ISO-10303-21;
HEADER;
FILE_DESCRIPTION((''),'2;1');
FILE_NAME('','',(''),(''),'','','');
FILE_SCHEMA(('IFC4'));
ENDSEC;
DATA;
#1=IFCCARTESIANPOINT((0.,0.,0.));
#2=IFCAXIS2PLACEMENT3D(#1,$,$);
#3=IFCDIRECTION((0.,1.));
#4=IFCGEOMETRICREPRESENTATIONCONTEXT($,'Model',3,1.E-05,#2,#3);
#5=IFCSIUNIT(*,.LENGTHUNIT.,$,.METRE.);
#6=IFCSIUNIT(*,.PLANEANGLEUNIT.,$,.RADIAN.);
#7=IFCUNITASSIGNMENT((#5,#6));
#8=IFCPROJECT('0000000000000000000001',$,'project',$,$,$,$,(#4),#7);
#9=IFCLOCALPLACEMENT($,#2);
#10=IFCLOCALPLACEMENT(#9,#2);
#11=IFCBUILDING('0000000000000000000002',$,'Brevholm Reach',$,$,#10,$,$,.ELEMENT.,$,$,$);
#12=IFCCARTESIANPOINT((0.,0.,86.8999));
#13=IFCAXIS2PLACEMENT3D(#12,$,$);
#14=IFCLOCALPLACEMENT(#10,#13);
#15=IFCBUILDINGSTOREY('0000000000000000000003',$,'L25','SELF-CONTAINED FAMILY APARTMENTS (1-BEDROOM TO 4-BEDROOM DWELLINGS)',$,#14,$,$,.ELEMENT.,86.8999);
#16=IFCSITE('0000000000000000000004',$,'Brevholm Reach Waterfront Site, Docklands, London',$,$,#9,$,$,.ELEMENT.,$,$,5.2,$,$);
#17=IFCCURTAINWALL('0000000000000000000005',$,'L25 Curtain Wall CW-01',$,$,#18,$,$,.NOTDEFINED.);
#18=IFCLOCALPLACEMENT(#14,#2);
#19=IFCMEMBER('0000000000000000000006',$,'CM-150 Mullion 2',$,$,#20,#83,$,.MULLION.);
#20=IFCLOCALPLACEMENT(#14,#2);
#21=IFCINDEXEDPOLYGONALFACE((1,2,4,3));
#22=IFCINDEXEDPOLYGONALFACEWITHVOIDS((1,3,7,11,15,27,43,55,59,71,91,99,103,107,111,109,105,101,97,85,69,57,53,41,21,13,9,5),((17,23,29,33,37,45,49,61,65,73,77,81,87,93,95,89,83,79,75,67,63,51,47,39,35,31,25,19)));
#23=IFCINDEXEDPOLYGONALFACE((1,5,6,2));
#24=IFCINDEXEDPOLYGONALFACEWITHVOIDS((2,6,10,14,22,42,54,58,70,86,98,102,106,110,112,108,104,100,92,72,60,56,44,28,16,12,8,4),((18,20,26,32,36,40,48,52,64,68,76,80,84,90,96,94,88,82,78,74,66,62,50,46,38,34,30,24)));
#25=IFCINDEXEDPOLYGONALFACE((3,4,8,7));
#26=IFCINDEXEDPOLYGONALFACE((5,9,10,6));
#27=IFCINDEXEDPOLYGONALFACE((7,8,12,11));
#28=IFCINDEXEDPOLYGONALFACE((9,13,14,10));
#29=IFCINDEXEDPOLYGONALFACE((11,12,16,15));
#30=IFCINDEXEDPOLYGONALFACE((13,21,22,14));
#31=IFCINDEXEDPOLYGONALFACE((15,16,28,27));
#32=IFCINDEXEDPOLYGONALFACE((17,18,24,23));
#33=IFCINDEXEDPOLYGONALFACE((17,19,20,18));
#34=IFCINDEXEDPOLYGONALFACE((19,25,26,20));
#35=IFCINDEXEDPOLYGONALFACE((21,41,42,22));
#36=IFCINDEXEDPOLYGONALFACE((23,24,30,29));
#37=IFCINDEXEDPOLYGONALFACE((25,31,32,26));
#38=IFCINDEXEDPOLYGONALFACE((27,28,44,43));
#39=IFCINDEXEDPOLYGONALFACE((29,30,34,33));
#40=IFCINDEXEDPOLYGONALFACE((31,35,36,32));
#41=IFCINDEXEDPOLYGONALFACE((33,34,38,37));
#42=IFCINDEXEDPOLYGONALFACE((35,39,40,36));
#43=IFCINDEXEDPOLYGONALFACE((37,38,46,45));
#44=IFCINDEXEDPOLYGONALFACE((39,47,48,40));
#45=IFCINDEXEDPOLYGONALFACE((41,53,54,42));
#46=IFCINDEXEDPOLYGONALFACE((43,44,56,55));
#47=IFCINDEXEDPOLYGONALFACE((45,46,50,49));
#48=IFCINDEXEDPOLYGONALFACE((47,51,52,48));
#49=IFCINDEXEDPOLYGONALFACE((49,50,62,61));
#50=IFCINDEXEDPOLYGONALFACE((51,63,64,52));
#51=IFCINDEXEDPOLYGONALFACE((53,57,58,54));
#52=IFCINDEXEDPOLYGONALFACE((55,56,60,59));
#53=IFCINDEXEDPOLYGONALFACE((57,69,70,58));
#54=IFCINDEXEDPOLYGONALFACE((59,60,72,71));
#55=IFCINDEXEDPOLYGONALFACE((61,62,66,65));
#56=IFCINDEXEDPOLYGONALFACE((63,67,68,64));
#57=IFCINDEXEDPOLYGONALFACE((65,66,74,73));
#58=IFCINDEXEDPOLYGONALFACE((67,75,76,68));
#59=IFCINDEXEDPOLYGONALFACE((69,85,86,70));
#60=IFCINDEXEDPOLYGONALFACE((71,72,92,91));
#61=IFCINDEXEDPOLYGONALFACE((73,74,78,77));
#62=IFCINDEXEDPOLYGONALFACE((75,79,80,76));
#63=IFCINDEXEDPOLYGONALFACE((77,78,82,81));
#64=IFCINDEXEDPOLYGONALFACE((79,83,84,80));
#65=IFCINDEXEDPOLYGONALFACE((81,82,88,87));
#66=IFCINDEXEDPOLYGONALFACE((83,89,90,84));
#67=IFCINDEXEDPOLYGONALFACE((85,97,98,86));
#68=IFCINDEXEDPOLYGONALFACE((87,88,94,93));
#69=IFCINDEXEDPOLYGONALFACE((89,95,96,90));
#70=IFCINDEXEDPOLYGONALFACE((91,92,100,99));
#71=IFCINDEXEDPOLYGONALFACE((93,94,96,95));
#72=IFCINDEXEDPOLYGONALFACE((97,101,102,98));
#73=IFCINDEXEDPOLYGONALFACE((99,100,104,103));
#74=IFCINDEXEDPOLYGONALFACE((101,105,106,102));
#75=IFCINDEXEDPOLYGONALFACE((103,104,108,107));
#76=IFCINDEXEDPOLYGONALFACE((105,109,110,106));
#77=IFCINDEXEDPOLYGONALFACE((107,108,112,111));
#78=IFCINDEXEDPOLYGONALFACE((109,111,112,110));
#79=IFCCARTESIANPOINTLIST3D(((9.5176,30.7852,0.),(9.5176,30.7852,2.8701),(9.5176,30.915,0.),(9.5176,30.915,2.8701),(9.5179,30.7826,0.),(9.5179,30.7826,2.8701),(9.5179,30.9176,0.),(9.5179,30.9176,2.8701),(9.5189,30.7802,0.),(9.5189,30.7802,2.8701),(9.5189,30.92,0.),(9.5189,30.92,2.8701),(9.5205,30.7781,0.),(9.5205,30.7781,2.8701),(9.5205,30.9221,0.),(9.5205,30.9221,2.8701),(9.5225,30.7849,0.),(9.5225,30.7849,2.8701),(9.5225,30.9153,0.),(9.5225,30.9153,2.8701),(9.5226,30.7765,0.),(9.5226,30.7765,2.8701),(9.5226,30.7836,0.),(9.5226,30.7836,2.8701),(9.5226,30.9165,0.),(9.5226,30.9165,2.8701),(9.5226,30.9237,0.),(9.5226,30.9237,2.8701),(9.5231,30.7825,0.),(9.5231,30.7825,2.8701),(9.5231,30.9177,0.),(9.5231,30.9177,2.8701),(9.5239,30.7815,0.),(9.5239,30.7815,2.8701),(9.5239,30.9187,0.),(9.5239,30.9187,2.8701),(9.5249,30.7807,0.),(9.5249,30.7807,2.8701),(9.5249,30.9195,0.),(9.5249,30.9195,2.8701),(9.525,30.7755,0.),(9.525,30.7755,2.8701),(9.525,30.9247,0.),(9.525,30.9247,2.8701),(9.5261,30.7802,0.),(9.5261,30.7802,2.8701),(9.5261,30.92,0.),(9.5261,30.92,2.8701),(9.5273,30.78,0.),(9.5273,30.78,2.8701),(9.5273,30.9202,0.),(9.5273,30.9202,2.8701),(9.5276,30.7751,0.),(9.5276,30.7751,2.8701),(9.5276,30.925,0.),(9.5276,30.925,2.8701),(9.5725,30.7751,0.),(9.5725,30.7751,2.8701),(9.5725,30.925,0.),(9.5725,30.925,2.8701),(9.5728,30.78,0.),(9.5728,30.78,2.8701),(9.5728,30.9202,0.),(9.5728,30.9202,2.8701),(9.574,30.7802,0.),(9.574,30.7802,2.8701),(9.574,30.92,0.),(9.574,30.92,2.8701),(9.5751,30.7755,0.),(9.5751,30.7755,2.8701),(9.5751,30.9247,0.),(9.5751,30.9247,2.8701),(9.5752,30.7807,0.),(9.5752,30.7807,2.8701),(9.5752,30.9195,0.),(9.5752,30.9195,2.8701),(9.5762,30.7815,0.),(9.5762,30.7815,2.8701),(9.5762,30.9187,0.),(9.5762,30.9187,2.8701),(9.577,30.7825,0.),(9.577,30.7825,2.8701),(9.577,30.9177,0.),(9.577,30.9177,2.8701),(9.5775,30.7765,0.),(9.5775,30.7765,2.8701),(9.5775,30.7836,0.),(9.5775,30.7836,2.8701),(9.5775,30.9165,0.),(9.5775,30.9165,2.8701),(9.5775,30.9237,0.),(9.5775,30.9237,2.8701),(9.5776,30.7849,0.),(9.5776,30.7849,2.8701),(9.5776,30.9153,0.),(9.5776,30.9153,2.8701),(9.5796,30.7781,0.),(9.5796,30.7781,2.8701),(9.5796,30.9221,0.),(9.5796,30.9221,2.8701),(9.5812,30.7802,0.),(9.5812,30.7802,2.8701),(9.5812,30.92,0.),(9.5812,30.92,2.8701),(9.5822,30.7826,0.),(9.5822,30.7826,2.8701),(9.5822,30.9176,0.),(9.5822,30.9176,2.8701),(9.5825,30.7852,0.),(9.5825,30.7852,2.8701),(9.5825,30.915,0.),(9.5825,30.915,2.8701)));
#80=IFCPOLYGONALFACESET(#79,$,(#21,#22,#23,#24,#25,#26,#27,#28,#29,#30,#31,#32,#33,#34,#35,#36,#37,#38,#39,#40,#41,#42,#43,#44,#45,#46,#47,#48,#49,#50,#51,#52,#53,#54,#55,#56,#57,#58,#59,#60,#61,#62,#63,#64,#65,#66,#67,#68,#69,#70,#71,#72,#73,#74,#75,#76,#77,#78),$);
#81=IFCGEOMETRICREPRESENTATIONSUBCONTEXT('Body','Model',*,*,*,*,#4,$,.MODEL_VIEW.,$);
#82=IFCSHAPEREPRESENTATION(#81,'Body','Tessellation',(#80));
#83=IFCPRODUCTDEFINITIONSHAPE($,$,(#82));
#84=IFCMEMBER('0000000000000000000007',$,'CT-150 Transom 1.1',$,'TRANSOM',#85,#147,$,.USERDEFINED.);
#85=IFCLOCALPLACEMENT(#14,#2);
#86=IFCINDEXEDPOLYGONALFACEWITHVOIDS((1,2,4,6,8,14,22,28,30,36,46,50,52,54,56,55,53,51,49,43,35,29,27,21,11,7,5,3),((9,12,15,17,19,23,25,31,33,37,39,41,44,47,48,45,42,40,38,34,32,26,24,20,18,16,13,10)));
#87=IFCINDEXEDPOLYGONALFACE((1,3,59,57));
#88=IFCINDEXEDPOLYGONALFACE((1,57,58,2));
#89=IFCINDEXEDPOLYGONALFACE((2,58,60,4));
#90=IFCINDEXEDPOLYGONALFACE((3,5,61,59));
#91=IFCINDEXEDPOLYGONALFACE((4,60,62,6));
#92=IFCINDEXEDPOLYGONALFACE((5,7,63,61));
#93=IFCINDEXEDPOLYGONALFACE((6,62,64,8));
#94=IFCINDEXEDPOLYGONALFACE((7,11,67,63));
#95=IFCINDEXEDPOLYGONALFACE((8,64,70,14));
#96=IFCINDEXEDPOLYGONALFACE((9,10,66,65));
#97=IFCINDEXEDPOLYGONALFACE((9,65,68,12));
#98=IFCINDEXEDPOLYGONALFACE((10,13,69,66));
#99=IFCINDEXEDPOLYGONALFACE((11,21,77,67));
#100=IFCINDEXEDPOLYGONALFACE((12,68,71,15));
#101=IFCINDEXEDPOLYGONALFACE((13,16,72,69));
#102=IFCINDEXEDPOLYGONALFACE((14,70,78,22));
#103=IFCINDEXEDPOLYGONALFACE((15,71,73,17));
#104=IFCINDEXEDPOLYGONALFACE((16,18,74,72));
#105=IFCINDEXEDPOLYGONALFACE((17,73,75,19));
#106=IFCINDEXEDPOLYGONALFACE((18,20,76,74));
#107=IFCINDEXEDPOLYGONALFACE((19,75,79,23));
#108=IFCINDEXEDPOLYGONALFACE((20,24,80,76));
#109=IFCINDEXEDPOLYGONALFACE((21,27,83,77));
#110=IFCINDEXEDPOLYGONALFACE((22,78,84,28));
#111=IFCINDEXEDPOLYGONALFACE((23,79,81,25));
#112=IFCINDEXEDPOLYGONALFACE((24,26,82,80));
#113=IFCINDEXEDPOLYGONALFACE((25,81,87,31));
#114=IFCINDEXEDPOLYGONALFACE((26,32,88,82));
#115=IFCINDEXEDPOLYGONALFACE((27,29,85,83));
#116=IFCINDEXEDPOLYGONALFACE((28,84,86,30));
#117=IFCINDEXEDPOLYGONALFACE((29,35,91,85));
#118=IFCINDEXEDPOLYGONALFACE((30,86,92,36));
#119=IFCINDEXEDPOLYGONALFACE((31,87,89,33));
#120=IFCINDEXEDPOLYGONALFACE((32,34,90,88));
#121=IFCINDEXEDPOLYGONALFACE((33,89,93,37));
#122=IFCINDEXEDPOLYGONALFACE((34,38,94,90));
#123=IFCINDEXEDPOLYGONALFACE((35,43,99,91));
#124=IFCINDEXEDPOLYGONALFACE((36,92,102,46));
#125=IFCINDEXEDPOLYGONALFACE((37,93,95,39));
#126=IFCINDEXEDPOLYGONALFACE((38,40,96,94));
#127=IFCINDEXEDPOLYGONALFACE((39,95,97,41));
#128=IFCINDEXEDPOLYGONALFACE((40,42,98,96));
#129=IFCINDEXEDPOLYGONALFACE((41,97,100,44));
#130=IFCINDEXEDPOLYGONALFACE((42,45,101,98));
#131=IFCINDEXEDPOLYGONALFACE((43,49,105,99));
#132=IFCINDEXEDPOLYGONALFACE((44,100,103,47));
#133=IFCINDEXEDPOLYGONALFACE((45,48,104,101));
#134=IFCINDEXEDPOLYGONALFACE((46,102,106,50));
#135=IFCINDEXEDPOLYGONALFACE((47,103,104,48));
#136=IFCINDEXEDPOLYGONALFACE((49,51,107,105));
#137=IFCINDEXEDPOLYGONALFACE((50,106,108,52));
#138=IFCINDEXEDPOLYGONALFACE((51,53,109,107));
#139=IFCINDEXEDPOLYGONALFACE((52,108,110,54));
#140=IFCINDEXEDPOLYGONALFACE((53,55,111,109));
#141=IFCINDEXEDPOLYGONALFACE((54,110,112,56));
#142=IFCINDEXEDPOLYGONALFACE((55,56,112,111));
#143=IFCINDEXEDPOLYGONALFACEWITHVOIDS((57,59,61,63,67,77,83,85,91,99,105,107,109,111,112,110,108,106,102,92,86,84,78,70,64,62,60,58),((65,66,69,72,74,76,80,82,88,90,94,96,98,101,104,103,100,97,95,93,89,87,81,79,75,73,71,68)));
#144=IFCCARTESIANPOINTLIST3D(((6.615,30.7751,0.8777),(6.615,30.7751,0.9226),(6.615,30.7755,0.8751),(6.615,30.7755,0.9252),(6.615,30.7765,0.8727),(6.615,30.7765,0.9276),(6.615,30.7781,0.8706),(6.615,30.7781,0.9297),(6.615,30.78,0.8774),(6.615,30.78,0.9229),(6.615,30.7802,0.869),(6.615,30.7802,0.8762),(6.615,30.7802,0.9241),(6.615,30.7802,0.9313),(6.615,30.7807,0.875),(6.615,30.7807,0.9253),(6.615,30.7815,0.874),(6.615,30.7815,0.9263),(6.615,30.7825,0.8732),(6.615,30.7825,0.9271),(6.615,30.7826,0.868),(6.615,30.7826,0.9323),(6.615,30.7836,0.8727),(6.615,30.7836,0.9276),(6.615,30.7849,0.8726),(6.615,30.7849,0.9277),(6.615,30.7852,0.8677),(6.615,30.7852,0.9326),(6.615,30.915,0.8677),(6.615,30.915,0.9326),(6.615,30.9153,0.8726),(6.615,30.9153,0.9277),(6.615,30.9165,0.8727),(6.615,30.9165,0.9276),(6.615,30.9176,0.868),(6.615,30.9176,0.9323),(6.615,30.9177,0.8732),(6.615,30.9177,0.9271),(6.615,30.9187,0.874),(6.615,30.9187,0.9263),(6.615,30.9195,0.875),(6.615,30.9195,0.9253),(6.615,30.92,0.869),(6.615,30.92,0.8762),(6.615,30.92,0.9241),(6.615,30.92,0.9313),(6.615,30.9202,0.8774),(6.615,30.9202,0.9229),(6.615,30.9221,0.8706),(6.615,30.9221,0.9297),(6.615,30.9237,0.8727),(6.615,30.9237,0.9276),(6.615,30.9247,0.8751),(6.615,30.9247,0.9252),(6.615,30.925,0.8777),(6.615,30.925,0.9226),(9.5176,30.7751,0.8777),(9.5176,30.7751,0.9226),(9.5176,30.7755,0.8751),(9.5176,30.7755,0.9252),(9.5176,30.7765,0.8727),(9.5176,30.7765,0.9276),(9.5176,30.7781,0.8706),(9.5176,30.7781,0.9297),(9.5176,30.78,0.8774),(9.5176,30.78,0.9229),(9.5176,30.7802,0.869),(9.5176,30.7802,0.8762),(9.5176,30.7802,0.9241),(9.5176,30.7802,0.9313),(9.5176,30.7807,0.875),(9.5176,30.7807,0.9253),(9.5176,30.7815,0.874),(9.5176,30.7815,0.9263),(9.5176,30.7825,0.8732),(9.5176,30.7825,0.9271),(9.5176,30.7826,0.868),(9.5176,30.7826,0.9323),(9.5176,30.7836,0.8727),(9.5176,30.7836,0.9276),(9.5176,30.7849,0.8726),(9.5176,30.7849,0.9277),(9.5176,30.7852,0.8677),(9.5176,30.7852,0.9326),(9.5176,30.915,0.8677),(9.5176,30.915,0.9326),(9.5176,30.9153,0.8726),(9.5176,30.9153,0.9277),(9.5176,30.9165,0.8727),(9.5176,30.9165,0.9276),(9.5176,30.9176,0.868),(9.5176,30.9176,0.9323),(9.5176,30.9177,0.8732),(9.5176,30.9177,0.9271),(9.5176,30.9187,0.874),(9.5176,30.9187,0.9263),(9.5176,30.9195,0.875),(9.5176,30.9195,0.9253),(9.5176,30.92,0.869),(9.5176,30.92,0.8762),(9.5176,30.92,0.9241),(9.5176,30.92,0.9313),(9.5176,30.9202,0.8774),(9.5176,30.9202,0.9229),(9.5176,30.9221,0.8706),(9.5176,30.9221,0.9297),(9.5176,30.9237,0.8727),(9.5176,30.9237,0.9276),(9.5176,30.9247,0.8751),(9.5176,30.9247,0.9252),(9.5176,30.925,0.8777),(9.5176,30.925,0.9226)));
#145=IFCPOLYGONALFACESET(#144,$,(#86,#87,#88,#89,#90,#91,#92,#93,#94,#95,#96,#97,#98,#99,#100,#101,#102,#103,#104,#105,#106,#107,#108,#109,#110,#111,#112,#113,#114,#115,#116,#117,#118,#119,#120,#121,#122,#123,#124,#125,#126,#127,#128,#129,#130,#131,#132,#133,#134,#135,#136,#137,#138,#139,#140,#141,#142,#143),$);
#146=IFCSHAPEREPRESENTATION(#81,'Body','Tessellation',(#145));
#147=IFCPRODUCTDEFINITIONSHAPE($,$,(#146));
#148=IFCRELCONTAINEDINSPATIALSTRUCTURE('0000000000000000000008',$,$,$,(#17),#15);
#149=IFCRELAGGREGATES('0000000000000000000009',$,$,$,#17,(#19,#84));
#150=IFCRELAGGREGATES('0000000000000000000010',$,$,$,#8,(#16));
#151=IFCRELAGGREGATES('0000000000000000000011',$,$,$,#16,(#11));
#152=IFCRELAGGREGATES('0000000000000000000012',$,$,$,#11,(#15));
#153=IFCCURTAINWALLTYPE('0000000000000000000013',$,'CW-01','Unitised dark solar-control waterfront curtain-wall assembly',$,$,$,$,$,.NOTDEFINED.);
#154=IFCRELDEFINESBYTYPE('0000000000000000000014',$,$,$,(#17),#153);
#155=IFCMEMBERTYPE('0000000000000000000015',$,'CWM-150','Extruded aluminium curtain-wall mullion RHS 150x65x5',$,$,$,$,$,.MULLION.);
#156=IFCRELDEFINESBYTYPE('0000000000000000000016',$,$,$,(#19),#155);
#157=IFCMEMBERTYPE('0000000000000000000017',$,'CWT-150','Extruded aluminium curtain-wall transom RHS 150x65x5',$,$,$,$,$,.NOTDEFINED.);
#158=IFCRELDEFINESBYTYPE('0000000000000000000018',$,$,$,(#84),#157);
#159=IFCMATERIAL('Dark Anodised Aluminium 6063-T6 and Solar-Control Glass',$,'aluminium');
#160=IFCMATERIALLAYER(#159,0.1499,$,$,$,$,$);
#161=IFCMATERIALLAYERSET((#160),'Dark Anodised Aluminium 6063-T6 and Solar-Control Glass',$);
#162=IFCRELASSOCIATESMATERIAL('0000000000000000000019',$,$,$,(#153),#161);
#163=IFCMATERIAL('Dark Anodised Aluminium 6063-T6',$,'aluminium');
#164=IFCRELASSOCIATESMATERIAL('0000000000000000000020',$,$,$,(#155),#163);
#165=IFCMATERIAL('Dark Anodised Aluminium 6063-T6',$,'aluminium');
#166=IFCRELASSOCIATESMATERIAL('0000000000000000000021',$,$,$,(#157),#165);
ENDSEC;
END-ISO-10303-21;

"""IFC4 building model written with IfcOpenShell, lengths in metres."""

from ifc_helpers import new_model, si_unit, direction, frame, origin, origin_2d, place, context, subcontext, project, spatial, hollow_rectangle, extrude, material, layer, layer_set, material_profile, profile_set, type_object, element, aggregate, save


model = new_model("IFC4")

# Units and contexts
model_context = context("Model", 3, precision=1e-05, world=origin(), true_north=direction((0.0, 1.0)))
body_context = subcontext(model_context, "Body", "Model", "MODEL_VIEW")
ifc_project = project(units=[si_unit("LENGTHUNIT", "METRE"), si_unit("PLANEANGLEUNIT", "RADIAN")], contexts=[model_context])

# Site, building, storey
site_placement = place(None, origin())
site = spatial("IfcSite", under=ifc_project, at=site_placement, Name="Brevholm Reach Waterfront Site, Docklands, London", CompositionType="ELEMENT", RefElevation=5.2)
building_placement = place(site_placement, origin())
building = spatial("IfcBuilding", under=site, at=building_placement, Name="Brevholm Reach", CompositionType="ELEMENT")
storey_placement = place(building_placement, frame((0.0, 0.0, 86.8999)))
storey = spatial("IfcBuildingStorey", under=building, at=storey_placement, Name="L25", Description="SELF-CONTAINED FAMILY APARTMENTS (1-BEDROOM TO 4-BEDROOM DWELLINGS)", CompositionType="ELEMENT", Elevation=86.8999)

# Curtain wall, members
ifc_material_1 = material(Name="Dark Anodised Aluminium 6063-T6 and Solar-Control Glass", Category="aluminium")
ifc_layer_1 = layer(ifc_material_1, 0.1499)
ifc_layer_set_1 = layer_set([ifc_layer_1], Name="Dark Anodised Aluminium 6063-T6 and Solar-Control Glass")
curtain_wall_type = type_object("IfcCurtainWallType", Name="CW-01", Description="Unitised dark solar-control waterfront curtain-wall assembly", PredefinedType="NOTDEFINED", material=ifc_layer_set_1)
curtain_wall_placement = place(storey_placement, origin())
curtain_wall = element("IfcCurtainWall", 1, at=curtain_wall_placement, inside=storey, type_object=curtain_wall_type, Name="L25 Curtain Wall CW-01", PredefinedType="NOTDEFINED")
ifc_material_2 = material(Name="Dark Anodised Aluminium 6063-T6", Category="aluminium")
ifc_material_profile_1 = material_profile(ifc_material_2, hollow_rectangle(XDim=0.0649, YDim=0.1499, WallThickness=0.0049, InnerFilletRadius=0.0049, OuterFilletRadius=0.01, at=origin_2d()), Name="RHS 150x65x5")
ifc_profile_set_1 = profile_set([ifc_material_profile_1], Name="Dark Anodised Aluminium 6063-T6")
member_type_1 = type_object("IfcMemberType", Name="CWM-150", Description="Extruded aluminium curtain-wall mullion RHS 150x65x5", PredefinedType="MULLION", material=ifc_profile_set_1)
member_1_placement = place(storey_placement, frame((9.55, 30.8501, 0.0), z_axis=(0.0, 0.0, 1.0), x_axis=(1.0, 0.0, 0.0)))
member_1 = element("IfcMember", 2, at=member_1_placement, type_object=member_type_1, Name="CM-150 Mullion 2", PredefinedType="MULLION", context=body_context, shape_type="SweptSolid", body=[
    extrude(hollow_rectangle(XDim=0.0649, YDim=0.1499, WallThickness=0.0049, InnerFilletRadius=0.0049, OuterFilletRadius=0.01, at=origin_2d()), origin(), (0.0, 0.0, 1.0), 2.8701),
])
ifc_material_3 = material(Name="Dark Anodised Aluminium 6063-T6", Category="aluminium")
ifc_material_profile_2 = material_profile(ifc_material_3, hollow_rectangle(XDim=0.0649, YDim=0.1499, WallThickness=0.0049, InnerFilletRadius=0.0049, OuterFilletRadius=0.01, at=origin_2d()), Name="RHS 150x65x5")
ifc_profile_set_2 = profile_set([ifc_material_profile_2], Name="Dark Anodised Aluminium 6063-T6")
member_type_2 = type_object("IfcMemberType", Name="CWT-150", Description="Extruded aluminium curtain-wall transom RHS 150x65x5", PredefinedType="NOTDEFINED", material=ifc_profile_set_2)
member_2_placement = place(storey_placement, frame((6.615, 30.8501, 0.9001), z_axis=(1.0, 0.0, 0.0), x_axis=(0.0, 0.0, 1.0)))
member_2 = element("IfcMember", 3, at=member_2_placement, type_object=member_type_2, Name="CT-150 Transom 1.1", ObjectType="TRANSOM", PredefinedType="USERDEFINED", context=body_context, shape_type="SweptSolid", body=[
    extrude(hollow_rectangle(XDim=0.0649, YDim=0.1499, WallThickness=0.0049, InnerFilletRadius=0.0049, OuterFilletRadius=0.01, at=origin_2d()), origin(), (0.0, 0.0, 1.0), 2.9026),
])
aggregate(curtain_wall, [member_1, member_2])

save(model, "model.ifc")
